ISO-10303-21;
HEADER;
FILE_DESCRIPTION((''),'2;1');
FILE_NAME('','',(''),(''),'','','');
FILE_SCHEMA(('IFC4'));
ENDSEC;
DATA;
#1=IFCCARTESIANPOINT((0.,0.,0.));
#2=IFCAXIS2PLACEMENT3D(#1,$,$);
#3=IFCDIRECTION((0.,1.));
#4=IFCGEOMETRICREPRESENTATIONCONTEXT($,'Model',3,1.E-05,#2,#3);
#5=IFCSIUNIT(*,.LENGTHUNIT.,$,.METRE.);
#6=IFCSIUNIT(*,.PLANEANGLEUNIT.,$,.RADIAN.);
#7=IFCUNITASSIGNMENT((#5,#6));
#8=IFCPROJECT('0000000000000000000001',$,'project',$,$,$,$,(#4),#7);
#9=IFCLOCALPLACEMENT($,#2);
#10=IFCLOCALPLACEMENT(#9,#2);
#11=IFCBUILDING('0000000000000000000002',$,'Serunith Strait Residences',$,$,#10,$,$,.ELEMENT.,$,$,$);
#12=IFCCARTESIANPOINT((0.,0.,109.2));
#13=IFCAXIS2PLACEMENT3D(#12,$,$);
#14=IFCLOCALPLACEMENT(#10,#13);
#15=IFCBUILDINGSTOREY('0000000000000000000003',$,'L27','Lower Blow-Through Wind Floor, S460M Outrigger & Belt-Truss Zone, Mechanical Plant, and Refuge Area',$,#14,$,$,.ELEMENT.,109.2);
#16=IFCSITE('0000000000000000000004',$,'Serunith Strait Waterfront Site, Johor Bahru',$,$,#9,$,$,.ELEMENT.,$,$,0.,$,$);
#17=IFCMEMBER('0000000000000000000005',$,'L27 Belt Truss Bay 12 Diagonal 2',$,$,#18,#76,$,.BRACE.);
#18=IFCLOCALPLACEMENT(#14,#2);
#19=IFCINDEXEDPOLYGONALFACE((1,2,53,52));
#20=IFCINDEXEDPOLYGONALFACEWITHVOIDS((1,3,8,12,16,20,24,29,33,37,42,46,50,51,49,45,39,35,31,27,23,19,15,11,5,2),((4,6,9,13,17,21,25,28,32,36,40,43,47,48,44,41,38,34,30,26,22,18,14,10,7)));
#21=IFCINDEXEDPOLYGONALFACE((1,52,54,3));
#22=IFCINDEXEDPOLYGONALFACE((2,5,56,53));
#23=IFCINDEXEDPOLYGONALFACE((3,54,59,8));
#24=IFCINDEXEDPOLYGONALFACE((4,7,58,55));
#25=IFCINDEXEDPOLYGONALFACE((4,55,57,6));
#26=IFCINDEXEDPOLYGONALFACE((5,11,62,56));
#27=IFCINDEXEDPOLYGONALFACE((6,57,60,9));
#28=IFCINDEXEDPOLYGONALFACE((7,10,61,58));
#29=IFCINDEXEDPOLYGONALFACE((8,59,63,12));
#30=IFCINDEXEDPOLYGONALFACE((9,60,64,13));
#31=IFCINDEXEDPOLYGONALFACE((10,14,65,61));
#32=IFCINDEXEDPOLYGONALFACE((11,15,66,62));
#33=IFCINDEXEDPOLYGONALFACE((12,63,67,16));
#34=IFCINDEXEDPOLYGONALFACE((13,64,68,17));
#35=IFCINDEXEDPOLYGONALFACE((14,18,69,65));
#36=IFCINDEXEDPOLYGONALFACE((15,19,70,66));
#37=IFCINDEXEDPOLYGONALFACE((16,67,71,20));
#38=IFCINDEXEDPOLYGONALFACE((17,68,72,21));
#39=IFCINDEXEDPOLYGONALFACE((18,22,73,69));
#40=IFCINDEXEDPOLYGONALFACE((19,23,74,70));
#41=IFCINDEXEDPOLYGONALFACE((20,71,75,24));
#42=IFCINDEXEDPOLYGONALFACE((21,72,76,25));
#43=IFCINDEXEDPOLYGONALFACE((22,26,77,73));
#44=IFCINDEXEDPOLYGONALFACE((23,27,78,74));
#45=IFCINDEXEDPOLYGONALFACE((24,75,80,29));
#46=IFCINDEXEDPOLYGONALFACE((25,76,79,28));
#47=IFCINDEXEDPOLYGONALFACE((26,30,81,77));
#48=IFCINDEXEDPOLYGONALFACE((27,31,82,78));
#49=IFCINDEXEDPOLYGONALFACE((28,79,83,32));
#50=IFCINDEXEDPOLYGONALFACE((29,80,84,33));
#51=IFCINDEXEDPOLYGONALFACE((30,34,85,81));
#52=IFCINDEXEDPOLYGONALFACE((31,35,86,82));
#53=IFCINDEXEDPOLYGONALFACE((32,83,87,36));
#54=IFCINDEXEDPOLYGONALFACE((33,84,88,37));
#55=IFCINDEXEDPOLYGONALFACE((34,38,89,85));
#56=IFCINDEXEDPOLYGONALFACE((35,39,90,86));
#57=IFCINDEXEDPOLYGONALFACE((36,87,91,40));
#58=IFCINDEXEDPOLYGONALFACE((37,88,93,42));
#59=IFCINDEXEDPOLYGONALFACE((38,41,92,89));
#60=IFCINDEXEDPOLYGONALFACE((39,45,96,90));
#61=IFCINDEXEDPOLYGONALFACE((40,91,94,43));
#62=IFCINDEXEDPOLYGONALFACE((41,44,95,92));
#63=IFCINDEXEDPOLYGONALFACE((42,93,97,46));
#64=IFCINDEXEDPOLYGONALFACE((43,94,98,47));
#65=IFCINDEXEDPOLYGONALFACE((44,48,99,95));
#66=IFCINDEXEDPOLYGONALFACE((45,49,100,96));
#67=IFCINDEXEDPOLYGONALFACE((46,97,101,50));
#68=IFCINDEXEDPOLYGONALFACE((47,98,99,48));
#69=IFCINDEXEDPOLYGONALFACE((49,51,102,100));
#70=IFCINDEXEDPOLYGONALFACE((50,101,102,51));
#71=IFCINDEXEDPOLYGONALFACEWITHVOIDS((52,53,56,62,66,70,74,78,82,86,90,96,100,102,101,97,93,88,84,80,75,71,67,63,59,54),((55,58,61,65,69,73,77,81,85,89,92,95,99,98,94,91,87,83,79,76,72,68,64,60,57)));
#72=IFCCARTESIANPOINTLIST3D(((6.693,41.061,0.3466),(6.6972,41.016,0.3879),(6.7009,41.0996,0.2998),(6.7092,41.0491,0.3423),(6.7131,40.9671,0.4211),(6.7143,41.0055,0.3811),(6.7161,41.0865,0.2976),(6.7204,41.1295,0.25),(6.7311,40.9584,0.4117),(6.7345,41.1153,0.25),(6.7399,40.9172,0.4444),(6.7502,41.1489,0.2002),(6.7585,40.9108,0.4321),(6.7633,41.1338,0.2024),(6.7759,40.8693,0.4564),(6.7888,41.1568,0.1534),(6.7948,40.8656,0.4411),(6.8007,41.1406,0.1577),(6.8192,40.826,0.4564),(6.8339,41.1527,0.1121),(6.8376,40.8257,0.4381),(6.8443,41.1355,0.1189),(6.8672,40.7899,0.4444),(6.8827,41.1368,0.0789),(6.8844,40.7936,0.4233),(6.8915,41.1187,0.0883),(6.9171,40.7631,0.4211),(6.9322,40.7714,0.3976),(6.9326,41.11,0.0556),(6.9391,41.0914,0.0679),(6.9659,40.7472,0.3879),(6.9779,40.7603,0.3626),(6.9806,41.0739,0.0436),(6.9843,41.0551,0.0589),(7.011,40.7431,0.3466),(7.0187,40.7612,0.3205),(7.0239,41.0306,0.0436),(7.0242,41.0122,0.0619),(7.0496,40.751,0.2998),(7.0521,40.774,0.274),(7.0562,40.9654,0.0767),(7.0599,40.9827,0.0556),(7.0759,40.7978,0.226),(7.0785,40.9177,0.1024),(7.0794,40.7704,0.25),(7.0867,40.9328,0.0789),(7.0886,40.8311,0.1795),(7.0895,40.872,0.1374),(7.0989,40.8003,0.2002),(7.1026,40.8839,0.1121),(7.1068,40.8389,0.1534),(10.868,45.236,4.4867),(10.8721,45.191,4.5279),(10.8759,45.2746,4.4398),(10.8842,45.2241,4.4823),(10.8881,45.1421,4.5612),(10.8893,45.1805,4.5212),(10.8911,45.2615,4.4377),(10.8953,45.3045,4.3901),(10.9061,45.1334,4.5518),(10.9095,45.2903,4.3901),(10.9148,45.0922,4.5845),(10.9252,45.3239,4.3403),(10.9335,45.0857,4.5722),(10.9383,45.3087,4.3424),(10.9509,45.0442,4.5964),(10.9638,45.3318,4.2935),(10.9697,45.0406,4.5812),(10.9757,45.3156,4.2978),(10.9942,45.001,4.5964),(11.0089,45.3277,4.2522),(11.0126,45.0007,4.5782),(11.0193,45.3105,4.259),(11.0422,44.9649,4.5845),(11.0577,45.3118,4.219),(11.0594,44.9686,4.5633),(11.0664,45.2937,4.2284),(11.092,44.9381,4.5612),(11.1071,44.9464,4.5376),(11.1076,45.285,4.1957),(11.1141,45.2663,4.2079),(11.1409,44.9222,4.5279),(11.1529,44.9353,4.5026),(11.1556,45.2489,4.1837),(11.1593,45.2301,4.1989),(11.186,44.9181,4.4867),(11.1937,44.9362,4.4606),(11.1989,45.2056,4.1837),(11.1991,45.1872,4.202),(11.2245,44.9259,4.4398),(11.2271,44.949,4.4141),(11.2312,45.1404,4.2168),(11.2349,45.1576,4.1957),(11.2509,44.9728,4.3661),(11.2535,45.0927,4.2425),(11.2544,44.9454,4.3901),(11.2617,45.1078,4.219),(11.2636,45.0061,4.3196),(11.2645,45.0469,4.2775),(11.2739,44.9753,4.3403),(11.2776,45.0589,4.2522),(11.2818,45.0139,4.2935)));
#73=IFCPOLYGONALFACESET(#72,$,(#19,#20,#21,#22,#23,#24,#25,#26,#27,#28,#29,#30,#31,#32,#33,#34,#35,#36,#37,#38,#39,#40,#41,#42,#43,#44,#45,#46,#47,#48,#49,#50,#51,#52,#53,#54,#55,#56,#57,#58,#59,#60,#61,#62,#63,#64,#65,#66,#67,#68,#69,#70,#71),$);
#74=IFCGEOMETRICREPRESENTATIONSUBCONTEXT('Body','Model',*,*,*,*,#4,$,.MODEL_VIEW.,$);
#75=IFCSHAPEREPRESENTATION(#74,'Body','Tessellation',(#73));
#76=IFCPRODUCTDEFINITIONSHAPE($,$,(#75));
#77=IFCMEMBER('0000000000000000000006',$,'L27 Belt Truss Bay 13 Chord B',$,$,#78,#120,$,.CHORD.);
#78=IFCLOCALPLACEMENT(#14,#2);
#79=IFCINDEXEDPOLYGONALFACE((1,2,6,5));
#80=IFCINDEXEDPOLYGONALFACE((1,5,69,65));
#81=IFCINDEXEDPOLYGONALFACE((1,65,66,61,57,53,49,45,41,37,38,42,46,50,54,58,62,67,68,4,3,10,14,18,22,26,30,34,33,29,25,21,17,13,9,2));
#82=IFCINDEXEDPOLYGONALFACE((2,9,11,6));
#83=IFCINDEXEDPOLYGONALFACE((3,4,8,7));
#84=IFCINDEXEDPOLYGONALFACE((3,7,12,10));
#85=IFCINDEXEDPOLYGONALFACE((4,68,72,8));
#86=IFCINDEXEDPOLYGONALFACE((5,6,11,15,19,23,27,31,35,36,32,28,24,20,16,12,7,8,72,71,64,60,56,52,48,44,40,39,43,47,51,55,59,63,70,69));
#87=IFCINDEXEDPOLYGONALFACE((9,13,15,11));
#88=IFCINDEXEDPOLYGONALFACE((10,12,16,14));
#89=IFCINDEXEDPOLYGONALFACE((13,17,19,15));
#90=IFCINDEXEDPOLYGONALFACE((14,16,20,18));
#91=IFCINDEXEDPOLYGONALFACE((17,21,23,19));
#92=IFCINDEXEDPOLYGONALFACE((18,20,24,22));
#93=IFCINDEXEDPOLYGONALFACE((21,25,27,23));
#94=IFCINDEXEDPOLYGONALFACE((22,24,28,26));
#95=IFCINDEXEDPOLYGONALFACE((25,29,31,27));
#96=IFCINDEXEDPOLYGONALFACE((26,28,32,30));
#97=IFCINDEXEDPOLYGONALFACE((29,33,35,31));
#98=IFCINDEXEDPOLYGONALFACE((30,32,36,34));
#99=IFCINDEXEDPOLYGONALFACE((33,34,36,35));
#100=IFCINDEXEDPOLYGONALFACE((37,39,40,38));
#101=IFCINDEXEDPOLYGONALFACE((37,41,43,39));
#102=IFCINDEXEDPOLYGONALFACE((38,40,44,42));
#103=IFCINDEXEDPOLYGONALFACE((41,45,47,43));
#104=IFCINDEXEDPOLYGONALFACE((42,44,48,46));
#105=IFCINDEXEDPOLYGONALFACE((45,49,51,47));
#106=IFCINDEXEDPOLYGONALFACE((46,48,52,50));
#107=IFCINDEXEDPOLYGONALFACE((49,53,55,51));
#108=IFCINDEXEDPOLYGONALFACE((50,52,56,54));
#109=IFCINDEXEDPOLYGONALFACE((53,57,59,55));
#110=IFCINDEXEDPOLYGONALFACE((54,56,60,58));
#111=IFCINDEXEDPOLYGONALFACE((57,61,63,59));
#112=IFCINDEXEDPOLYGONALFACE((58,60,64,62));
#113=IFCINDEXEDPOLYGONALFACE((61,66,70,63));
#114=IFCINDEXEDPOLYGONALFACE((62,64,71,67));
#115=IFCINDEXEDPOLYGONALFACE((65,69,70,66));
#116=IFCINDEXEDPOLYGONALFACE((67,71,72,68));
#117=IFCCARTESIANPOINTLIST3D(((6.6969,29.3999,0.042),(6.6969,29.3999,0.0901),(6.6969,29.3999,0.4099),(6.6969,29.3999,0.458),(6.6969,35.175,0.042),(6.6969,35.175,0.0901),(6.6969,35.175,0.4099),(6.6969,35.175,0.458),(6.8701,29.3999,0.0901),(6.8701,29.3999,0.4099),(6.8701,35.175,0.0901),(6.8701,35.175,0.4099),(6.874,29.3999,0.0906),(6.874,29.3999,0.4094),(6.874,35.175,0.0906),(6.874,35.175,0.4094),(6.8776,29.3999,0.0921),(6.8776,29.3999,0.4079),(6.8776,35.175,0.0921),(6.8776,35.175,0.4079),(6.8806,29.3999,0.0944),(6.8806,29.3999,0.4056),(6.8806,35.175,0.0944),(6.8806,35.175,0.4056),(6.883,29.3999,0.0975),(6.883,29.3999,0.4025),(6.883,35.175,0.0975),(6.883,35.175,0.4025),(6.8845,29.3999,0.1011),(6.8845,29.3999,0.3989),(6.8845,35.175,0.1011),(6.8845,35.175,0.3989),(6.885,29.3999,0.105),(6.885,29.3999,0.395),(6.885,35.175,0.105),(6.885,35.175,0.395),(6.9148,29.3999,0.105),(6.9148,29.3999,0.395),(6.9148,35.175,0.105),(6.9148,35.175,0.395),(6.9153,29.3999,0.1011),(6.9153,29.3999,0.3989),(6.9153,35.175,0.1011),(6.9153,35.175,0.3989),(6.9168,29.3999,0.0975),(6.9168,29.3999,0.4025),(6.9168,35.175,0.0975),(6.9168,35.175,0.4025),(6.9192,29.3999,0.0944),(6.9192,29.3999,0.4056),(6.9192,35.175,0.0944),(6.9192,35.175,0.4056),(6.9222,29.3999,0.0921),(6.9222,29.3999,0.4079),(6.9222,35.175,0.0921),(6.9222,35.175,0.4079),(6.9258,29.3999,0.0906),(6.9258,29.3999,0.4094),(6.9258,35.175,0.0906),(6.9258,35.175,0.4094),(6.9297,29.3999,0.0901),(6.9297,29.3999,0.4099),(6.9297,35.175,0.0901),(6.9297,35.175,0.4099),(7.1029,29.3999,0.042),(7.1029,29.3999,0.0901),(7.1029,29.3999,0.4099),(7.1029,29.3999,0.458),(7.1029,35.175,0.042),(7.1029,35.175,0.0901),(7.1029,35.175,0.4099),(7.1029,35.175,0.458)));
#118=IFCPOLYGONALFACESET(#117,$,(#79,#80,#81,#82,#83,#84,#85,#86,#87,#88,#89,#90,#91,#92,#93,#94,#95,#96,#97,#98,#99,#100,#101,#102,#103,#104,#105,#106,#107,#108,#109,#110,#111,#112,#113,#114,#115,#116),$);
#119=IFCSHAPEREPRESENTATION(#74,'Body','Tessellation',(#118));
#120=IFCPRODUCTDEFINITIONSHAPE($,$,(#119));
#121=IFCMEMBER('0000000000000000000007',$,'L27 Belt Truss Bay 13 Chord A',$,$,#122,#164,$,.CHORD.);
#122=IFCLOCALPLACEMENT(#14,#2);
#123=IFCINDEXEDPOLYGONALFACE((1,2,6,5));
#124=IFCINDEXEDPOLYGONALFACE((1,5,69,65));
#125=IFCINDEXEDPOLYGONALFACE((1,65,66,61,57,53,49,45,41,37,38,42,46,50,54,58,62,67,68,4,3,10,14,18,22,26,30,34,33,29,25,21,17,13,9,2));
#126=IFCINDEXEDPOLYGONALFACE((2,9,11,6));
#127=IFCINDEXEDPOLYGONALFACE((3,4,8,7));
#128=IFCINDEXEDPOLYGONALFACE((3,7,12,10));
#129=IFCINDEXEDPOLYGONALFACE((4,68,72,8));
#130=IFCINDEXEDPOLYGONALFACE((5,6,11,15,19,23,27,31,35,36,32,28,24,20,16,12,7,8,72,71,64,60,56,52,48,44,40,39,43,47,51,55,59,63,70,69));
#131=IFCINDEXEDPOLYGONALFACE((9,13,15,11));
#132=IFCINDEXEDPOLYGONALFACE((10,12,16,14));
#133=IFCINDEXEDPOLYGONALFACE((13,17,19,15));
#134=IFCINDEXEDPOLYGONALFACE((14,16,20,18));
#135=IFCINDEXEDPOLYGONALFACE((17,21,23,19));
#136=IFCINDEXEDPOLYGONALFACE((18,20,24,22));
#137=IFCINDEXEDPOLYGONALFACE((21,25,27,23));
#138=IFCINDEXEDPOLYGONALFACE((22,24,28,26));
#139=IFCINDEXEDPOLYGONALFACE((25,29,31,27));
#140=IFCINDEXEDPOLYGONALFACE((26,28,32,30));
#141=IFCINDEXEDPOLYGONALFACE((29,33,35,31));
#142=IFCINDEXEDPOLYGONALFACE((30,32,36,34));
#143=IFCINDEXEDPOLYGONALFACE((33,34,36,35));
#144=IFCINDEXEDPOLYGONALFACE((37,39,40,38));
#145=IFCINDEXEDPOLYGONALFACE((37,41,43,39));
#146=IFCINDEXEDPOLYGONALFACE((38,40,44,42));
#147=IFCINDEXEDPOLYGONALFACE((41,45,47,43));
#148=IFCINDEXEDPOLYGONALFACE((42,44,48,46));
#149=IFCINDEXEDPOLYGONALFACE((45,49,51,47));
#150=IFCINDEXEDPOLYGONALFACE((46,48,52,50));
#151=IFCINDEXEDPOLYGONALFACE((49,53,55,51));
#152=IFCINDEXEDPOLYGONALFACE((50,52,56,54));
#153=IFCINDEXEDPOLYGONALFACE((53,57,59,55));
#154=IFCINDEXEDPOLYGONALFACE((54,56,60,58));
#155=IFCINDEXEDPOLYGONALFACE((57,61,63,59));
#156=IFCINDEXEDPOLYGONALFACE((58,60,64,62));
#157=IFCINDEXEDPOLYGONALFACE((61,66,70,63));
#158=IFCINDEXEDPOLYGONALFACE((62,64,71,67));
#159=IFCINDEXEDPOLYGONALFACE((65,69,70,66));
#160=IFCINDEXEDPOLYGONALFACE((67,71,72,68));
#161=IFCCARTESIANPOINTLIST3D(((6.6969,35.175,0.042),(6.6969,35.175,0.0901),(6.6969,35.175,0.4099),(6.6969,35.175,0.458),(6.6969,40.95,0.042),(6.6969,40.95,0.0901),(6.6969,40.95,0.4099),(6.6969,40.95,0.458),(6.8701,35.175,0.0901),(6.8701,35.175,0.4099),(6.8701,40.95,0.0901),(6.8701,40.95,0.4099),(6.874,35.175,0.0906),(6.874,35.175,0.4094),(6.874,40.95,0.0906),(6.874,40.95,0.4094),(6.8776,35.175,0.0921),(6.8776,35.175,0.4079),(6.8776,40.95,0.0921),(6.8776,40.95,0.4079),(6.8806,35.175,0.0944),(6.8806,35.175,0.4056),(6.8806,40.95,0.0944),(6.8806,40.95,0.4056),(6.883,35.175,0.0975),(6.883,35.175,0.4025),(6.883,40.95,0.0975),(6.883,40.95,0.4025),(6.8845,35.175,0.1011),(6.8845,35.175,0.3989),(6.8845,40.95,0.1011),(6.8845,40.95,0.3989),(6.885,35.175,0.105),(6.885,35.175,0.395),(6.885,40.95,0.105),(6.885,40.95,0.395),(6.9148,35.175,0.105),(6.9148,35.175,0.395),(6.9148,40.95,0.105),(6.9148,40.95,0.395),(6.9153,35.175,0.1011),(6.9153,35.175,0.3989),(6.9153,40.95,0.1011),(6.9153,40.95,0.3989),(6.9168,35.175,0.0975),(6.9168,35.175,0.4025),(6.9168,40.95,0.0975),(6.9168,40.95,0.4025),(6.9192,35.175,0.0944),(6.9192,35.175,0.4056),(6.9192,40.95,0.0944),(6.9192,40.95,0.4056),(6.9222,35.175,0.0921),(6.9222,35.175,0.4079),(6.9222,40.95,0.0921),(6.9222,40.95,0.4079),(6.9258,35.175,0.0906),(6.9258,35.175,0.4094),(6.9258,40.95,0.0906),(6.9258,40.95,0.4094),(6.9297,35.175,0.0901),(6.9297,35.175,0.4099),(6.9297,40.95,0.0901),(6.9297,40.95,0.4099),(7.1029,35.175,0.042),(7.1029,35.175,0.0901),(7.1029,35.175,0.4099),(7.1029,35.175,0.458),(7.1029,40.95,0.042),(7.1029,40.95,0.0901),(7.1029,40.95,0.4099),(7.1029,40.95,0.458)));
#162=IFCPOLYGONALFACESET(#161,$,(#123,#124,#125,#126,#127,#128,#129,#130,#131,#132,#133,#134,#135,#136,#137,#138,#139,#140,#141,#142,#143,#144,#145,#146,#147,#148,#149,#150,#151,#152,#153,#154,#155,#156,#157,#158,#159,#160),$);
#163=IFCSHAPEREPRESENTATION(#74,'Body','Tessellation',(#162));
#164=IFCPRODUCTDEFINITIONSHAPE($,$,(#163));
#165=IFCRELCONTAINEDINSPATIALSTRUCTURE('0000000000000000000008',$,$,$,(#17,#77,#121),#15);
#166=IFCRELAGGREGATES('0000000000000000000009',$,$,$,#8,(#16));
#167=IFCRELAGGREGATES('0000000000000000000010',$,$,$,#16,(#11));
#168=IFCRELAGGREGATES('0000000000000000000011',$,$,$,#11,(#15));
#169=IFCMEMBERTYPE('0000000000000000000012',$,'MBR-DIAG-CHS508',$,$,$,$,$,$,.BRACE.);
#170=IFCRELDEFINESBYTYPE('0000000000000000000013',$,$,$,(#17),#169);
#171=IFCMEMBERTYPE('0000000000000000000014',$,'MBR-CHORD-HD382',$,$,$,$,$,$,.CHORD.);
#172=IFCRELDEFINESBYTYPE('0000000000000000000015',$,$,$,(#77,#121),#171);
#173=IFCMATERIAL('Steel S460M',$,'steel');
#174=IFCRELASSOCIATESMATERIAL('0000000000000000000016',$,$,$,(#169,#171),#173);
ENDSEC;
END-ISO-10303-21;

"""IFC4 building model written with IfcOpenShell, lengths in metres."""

from ifc_helpers import new_model, si_unit, direction, frame, origin, origin_2d, place, context, subcontext, project, spatial, hollow_circle, i_section, extrude, source, transform, mapped, material, material_profile, profile_set, type_object, element, save


model = new_model("IFC4")

# Units and contexts
model_context = context("Model", 3, precision=1e-05, world=origin(), true_north=direction((0.0, 1.0)))
body_context = subcontext(model_context, "Body", "Model", "MODEL_VIEW")
ifc_project = project(units=[si_unit("LENGTHUNIT", "METRE"), si_unit("PLANEANGLEUNIT", "RADIAN")], contexts=[model_context])

# Site, building, storey
site_placement = place(None, origin())
site = spatial("IfcSite", under=ifc_project, at=site_placement, Name="Serunith Strait Waterfront Site, Johor Bahru", CompositionType="ELEMENT", RefElevation=0.0)
building_placement = place(site_placement, origin())
building = spatial("IfcBuilding", under=site, at=building_placement, Name="Serunith Strait Residences", CompositionType="ELEMENT")
storey_placement = place(building_placement, frame((0.0, 0.0, 109.2)))
storey = spatial("IfcBuildingStorey", under=building, at=storey_placement, Name="L27", Description="Lower Blow-Through Wind Floor, S460M Outrigger & Belt-Truss Zone, Mechanical Plant, and Refuge Area", CompositionType="ELEMENT", Elevation=109.2)

# Members
ifc_material_1 = material(Name="Steel S460M", Category="steel")
ifc_material_profile_1 = material_profile(ifc_material_1, hollow_circle(Radius=0.2539, WallThickness=0.02, at=origin_2d()), Name="CHS 508x20")
ifc_profile_set_1 = profile_set([ifc_material_profile_1], Name="Steel S460M")
member_type_1 = type_object("IfcMemberType", Name="MBR-DIAG-CHS508", PredefinedType="BRACE", material=ifc_profile_set_1)
ifc_material_profile_2 = material_profile(ifc_material_1, i_section(OverallWidth=0.406, OverallDepth=0.416, WebThickness=0.0298, FlangeThickness=0.0481, FilletRadius=0.0149, at=origin_2d()), Name="HD 400x382")
ifc_profile_set_2 = profile_set([ifc_material_profile_2], Name="Steel S460M")
member_type_2 = type_object("IfcMemberType", Name="MBR-CHORD-HD382", PredefinedType="CHORD", material=ifc_profile_set_2)
shared_shape_1 = source(origin(), body_context, "Body", "SweptSolid", [
    extrude(hollow_circle(Radius=0.2539, WallThickness=0.02, at=origin_2d()), origin(), (0.0, 0.0, 1.0), 7.2112),
])
for number, where, z_axis, x_axis, name in (
    (1, (6.8999, 40.95, 0.25), (0.57896, 0.57896, 0.574118), (-0.707107, 0.707107, 0.0), "L27 Belt Truss Bay 12 Diagonal 2"),
):
    element("IfcMember", number, at=place(storey_placement, frame(where, z_axis=z_axis, x_axis=x_axis)), inside=storey, type_object=member_type_1, Name=name, PredefinedType="BRACE", context=body_context, shape_type="MappedRepresentation", body=[
        mapped(shared_shape_1, transform((0.0, 0.0, 0.0), scale=1.0)),
    ])
shared_shape_2 = source(origin(), body_context, "Body", "SweptSolid", [
    extrude(i_section(OverallWidth=0.406, OverallDepth=0.416, WebThickness=0.0298, FlangeThickness=0.0481, FilletRadius=0.0149, at=origin_2d()), origin(), (0.0, 0.0, 1.0), 5.7751),
])
member_1_placement = place(storey_placement, frame((6.8999, 35.175, 0.25), z_axis=(0.0, -1.0, 0.0), x_axis=(1.0, 0.0, 0.0)))
element("IfcMember", 2, at=member_1_placement, inside=storey, type_object=member_type_2, Name="L27 Belt Truss Bay 13 Chord B", PredefinedType="CHORD", context=body_context, shape_type="MappedRepresentation", body=[
    mapped(shared_shape_2, transform((0.0, 0.0, 0.0), scale=1.0)),
])
shared_shape_3 = source(origin(), body_context, "Body", "SweptSolid", [
    extrude(i_section(OverallWidth=0.406, OverallDepth=0.416, WebThickness=0.0298, FlangeThickness=0.0481, FilletRadius=0.0149, at=origin_2d()), origin(), (0.0, 0.0, 1.0), 5.7749),
])
member_2_placement = place(storey_placement, frame((6.8999, 40.95, 0.25), z_axis=(0.0, -1.0, 0.0), x_axis=(1.0, 0.0, 0.0)))
element("IfcMember", 3, at=member_2_placement, inside=storey, type_object=member_type_2, Name="L27 Belt Truss Bay 13 Chord A", PredefinedType="CHORD", context=body_context, shape_type="MappedRepresentation", body=[
    mapped(shared_shape_3, transform((0.0, 0.0, 0.0), scale=1.0)),
])

save(model, "model.ifc")
